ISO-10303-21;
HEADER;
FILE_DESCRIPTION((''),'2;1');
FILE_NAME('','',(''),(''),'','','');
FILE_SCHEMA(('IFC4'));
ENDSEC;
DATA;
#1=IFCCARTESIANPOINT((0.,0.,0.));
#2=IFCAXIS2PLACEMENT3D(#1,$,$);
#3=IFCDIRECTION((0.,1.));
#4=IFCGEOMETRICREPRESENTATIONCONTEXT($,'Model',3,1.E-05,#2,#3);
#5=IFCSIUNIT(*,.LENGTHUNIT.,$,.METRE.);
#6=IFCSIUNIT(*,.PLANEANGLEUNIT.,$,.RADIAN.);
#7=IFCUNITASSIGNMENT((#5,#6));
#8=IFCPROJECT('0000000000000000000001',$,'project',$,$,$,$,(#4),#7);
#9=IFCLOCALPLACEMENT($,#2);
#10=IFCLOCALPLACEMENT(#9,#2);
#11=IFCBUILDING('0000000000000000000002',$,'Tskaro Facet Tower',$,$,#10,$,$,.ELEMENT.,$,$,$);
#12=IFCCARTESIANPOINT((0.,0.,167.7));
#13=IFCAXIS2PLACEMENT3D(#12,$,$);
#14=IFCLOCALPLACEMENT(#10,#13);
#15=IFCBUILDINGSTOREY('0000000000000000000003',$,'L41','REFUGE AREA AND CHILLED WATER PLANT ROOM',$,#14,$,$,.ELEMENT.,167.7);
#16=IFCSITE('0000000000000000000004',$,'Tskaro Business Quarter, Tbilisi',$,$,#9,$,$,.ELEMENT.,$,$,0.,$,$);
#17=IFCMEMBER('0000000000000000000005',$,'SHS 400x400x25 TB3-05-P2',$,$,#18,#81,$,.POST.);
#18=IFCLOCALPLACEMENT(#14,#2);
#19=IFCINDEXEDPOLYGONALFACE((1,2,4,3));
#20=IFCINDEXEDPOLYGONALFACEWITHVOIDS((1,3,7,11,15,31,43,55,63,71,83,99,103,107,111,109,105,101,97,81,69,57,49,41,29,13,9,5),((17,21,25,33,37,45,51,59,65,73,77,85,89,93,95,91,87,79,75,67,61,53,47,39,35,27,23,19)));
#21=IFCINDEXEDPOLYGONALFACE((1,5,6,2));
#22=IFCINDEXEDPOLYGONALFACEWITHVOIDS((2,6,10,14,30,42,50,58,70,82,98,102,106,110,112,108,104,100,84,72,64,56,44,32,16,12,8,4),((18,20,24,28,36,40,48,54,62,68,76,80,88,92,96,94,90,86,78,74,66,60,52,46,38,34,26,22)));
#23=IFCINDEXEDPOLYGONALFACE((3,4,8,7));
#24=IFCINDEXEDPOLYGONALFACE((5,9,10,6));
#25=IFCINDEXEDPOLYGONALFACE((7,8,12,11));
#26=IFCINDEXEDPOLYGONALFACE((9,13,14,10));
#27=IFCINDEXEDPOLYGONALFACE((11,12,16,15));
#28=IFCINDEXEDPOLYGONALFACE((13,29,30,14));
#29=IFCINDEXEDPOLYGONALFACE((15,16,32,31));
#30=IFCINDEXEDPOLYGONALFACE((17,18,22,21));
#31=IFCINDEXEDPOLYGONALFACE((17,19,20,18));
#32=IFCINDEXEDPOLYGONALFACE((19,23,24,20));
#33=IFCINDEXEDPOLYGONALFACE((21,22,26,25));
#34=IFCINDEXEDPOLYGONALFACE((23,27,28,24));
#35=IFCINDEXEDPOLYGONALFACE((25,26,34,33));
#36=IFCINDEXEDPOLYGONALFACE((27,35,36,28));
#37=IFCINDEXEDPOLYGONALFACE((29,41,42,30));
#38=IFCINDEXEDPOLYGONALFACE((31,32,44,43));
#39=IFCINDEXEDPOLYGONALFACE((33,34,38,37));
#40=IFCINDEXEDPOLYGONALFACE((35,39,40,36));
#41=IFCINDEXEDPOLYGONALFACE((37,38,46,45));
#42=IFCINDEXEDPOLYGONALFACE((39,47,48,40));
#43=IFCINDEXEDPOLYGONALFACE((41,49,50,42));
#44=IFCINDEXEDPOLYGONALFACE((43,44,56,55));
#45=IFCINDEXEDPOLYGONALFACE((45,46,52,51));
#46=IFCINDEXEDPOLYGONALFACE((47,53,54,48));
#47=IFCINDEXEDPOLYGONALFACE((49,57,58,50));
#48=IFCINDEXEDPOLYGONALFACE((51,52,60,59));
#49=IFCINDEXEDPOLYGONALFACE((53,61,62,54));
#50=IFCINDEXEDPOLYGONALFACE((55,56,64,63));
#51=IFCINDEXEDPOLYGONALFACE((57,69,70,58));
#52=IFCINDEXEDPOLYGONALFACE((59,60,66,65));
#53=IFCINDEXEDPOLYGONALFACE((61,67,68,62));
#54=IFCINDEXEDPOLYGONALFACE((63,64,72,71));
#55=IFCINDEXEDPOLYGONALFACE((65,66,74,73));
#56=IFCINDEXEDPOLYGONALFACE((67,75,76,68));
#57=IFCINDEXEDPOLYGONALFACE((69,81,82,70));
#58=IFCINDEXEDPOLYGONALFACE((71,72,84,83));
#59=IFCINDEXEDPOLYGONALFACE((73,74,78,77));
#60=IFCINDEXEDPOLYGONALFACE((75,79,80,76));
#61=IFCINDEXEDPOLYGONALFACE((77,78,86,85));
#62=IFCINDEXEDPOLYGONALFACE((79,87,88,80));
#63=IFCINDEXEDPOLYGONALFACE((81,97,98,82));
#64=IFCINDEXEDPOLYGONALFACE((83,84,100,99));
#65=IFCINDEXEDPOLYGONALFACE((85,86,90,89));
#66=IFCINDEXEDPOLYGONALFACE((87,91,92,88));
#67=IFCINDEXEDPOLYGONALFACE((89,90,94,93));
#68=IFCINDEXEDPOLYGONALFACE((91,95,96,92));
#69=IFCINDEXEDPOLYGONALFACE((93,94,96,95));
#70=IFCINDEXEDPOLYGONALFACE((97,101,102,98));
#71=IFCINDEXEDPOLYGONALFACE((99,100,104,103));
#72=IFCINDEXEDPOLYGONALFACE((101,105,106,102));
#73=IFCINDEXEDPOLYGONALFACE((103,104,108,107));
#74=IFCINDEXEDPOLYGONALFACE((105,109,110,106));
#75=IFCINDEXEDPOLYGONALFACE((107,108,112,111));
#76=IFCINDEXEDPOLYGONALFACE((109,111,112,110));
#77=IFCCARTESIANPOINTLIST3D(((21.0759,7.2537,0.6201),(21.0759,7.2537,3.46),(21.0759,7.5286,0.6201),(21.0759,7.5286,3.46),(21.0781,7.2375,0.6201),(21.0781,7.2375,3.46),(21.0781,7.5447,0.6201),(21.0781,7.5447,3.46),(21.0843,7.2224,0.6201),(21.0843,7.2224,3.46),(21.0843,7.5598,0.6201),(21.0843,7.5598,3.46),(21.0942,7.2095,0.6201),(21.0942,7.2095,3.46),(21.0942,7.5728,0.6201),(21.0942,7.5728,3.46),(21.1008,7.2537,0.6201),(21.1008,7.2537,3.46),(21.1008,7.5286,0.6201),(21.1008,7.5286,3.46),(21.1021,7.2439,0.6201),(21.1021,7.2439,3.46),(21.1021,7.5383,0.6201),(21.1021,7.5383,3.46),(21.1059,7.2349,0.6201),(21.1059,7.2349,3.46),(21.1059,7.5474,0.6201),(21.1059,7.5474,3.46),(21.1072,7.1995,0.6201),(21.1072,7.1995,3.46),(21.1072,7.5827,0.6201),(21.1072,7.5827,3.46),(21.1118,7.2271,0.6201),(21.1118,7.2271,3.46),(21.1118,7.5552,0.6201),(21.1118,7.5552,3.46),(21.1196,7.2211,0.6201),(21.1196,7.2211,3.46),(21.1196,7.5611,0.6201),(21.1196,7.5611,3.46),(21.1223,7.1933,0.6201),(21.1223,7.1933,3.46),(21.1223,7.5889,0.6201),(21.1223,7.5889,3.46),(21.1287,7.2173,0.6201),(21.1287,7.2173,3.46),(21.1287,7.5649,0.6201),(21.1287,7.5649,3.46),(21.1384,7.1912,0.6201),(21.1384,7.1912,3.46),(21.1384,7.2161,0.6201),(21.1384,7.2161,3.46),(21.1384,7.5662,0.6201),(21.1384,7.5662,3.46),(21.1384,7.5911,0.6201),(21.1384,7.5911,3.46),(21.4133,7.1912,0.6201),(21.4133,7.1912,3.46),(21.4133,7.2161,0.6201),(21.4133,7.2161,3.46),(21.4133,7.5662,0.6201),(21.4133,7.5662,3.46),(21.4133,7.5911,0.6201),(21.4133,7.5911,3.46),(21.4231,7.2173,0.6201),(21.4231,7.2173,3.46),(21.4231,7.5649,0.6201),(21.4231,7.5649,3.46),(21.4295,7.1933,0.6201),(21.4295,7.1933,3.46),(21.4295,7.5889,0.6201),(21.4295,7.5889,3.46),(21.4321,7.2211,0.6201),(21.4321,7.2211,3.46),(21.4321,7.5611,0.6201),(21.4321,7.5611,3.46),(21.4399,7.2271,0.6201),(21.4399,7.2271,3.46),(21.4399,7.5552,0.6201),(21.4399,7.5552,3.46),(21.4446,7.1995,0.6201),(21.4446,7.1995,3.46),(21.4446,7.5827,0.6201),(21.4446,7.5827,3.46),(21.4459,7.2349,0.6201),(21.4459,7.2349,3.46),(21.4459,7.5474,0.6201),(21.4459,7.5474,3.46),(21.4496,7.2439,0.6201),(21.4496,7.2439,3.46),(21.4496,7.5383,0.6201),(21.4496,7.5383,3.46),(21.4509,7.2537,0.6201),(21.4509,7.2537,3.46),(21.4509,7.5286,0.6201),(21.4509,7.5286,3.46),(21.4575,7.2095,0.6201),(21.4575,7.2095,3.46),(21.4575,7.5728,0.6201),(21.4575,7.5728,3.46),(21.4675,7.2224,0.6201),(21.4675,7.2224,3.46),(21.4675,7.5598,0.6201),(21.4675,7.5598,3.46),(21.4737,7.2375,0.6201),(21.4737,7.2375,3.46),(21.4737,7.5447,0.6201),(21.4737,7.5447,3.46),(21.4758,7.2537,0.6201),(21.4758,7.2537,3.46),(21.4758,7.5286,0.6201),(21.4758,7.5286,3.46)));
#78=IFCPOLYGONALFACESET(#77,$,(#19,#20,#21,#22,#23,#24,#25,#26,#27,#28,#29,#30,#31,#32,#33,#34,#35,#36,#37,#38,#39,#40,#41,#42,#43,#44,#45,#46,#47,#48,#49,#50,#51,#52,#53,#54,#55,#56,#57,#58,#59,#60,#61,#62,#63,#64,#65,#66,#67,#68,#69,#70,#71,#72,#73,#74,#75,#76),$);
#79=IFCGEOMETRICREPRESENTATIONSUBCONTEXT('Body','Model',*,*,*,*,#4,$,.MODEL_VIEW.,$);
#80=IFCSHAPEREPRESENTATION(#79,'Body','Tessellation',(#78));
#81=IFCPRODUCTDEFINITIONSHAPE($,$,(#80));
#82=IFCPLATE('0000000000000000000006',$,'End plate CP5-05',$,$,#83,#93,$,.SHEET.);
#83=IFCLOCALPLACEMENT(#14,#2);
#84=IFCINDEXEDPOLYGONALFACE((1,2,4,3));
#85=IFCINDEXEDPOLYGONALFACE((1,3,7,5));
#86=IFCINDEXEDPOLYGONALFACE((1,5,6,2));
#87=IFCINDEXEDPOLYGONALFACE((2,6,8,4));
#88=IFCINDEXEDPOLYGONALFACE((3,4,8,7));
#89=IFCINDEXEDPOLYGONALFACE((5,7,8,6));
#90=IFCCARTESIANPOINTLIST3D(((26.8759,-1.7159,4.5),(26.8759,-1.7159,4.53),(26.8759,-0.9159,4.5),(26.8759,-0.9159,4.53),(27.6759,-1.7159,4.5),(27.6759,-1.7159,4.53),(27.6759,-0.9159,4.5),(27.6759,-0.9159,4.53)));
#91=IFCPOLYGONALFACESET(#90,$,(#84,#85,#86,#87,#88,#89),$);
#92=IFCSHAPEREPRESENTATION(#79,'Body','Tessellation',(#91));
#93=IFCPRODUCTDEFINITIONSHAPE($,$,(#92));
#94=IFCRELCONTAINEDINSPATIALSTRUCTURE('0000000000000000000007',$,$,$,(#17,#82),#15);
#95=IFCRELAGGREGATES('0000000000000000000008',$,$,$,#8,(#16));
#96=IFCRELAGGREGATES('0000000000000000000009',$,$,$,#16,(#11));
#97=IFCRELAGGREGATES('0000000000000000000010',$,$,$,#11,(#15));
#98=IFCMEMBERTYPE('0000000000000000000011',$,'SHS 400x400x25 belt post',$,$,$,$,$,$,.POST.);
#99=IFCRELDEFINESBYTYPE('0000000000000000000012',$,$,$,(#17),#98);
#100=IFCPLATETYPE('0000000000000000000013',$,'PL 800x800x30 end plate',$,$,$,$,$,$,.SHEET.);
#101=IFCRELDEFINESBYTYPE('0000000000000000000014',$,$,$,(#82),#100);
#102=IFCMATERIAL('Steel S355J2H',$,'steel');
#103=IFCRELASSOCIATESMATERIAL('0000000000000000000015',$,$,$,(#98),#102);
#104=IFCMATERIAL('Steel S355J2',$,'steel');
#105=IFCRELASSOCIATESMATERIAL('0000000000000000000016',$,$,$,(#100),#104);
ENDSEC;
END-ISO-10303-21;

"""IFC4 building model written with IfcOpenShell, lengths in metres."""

from ifc_helpers import new_model, si_unit, direction, frame, origin, origin_2d, place, context, subcontext, project, spatial, rectangle, hollow_rectangle, extrude, material, material_profile, profile_set, type_object, element, save


model = new_model("IFC4")

# Units and contexts
model_context = context("Model", 3, precision=1e-05, world=origin(), true_north=direction((0.0, 1.0)))
body_context = subcontext(model_context, "Body", "Model", "MODEL_VIEW")
ifc_project = project(units=[si_unit("LENGTHUNIT", "METRE"), si_unit("PLANEANGLEUNIT", "RADIAN")], contexts=[model_context])

# Site, building, storey
site_placement = place(None, origin())
site = spatial("IfcSite", under=ifc_project, at=site_placement, Name="Tskaro Business Quarter, Tbilisi", CompositionType="ELEMENT", RefElevation=0.0)
building_placement = place(site_placement, origin())
building = spatial("IfcBuilding", under=site, at=building_placement, Name="Tskaro Facet Tower", CompositionType="ELEMENT")
storey_placement = place(building_placement, frame((0.0, 0.0, 167.7)))
storey = spatial("IfcBuildingStorey", under=building, at=storey_placement, Name="L41", Description="REFUGE AREA AND CHILLED WATER PLANT ROOM", CompositionType="ELEMENT", Elevation=167.7)

# Shared definitions
ifc_material_1 = material(Name="Steel S355J2H", Category="steel")

# Shared definitions
ifc_material_2 = material(Name="Steel S355J2", Category="steel")

# Member
ifc_material_profile_1 = material_profile(ifc_material_1, hollow_rectangle(XDim=0.3999, YDim=0.3999, WallThickness=0.0249, InnerFilletRadius=0.0376, OuterFilletRadius=0.0625, at=origin_2d()), Name="SHS 400x400x25")
ifc_profile_set_1 = profile_set([ifc_material_profile_1], Name="Steel S355J2H")
member_type_1 = type_object("IfcMemberType", Name="SHS 400x400x25 belt post", PredefinedType="POST", material=ifc_profile_set_1)
for number, where, z_axis, x_axis, name in (
    (1, (21.2759, 7.3911, 0.6201), (0.0, 0.0, 1.0), (1.0, 0.0, 0.0), "SHS 400x400x25 TB3-05-P2"),
):
    element("IfcMember", number, at=place(storey_placement, frame(where, z_axis=z_axis, x_axis=x_axis)), inside=storey, type_object=member_type_1, Name=name, PredefinedType="POST", context=body_context, shape_type="SweptSolid", body=[
        extrude(hollow_rectangle(XDim=0.3999, YDim=0.3999, WallThickness=0.0249, InnerFilletRadius=0.0376, OuterFilletRadius=0.0625, at=origin_2d()), origin(), (0.0, 0.0, 1.0), 2.8398),
    ])

# Plate
ifc_material_profile_2 = material_profile(ifc_material_2, rectangle(XDim=0.8, YDim=0.8, at=origin_2d()), Name="PL 800x800x30 end plate")
ifc_profile_set_2 = profile_set([ifc_material_profile_2], Name="Steel S355J2")
plate_type = type_object("IfcPlateType", Name="PL 800x800x30 end plate", PredefinedType="SHEET", material=ifc_profile_set_2)
plate_placement = place(storey_placement, frame((27.2759, -1.3159, 4.5), z_axis=(0.0, 0.0, 1.0), x_axis=(1.0, 0.0, 0.0)))
element("IfcPlate", 2, at=plate_placement, inside=storey, type_object=plate_type, Name="End plate CP5-05", PredefinedType="SHEET", context=body_context, shape_type="SweptSolid", body=[
    extrude(rectangle(XDim=0.8, YDim=0.8, at=origin_2d()), origin(), (0.0, 0.0, 1.0), 0.03),
])

save(model, "model.ifc")
